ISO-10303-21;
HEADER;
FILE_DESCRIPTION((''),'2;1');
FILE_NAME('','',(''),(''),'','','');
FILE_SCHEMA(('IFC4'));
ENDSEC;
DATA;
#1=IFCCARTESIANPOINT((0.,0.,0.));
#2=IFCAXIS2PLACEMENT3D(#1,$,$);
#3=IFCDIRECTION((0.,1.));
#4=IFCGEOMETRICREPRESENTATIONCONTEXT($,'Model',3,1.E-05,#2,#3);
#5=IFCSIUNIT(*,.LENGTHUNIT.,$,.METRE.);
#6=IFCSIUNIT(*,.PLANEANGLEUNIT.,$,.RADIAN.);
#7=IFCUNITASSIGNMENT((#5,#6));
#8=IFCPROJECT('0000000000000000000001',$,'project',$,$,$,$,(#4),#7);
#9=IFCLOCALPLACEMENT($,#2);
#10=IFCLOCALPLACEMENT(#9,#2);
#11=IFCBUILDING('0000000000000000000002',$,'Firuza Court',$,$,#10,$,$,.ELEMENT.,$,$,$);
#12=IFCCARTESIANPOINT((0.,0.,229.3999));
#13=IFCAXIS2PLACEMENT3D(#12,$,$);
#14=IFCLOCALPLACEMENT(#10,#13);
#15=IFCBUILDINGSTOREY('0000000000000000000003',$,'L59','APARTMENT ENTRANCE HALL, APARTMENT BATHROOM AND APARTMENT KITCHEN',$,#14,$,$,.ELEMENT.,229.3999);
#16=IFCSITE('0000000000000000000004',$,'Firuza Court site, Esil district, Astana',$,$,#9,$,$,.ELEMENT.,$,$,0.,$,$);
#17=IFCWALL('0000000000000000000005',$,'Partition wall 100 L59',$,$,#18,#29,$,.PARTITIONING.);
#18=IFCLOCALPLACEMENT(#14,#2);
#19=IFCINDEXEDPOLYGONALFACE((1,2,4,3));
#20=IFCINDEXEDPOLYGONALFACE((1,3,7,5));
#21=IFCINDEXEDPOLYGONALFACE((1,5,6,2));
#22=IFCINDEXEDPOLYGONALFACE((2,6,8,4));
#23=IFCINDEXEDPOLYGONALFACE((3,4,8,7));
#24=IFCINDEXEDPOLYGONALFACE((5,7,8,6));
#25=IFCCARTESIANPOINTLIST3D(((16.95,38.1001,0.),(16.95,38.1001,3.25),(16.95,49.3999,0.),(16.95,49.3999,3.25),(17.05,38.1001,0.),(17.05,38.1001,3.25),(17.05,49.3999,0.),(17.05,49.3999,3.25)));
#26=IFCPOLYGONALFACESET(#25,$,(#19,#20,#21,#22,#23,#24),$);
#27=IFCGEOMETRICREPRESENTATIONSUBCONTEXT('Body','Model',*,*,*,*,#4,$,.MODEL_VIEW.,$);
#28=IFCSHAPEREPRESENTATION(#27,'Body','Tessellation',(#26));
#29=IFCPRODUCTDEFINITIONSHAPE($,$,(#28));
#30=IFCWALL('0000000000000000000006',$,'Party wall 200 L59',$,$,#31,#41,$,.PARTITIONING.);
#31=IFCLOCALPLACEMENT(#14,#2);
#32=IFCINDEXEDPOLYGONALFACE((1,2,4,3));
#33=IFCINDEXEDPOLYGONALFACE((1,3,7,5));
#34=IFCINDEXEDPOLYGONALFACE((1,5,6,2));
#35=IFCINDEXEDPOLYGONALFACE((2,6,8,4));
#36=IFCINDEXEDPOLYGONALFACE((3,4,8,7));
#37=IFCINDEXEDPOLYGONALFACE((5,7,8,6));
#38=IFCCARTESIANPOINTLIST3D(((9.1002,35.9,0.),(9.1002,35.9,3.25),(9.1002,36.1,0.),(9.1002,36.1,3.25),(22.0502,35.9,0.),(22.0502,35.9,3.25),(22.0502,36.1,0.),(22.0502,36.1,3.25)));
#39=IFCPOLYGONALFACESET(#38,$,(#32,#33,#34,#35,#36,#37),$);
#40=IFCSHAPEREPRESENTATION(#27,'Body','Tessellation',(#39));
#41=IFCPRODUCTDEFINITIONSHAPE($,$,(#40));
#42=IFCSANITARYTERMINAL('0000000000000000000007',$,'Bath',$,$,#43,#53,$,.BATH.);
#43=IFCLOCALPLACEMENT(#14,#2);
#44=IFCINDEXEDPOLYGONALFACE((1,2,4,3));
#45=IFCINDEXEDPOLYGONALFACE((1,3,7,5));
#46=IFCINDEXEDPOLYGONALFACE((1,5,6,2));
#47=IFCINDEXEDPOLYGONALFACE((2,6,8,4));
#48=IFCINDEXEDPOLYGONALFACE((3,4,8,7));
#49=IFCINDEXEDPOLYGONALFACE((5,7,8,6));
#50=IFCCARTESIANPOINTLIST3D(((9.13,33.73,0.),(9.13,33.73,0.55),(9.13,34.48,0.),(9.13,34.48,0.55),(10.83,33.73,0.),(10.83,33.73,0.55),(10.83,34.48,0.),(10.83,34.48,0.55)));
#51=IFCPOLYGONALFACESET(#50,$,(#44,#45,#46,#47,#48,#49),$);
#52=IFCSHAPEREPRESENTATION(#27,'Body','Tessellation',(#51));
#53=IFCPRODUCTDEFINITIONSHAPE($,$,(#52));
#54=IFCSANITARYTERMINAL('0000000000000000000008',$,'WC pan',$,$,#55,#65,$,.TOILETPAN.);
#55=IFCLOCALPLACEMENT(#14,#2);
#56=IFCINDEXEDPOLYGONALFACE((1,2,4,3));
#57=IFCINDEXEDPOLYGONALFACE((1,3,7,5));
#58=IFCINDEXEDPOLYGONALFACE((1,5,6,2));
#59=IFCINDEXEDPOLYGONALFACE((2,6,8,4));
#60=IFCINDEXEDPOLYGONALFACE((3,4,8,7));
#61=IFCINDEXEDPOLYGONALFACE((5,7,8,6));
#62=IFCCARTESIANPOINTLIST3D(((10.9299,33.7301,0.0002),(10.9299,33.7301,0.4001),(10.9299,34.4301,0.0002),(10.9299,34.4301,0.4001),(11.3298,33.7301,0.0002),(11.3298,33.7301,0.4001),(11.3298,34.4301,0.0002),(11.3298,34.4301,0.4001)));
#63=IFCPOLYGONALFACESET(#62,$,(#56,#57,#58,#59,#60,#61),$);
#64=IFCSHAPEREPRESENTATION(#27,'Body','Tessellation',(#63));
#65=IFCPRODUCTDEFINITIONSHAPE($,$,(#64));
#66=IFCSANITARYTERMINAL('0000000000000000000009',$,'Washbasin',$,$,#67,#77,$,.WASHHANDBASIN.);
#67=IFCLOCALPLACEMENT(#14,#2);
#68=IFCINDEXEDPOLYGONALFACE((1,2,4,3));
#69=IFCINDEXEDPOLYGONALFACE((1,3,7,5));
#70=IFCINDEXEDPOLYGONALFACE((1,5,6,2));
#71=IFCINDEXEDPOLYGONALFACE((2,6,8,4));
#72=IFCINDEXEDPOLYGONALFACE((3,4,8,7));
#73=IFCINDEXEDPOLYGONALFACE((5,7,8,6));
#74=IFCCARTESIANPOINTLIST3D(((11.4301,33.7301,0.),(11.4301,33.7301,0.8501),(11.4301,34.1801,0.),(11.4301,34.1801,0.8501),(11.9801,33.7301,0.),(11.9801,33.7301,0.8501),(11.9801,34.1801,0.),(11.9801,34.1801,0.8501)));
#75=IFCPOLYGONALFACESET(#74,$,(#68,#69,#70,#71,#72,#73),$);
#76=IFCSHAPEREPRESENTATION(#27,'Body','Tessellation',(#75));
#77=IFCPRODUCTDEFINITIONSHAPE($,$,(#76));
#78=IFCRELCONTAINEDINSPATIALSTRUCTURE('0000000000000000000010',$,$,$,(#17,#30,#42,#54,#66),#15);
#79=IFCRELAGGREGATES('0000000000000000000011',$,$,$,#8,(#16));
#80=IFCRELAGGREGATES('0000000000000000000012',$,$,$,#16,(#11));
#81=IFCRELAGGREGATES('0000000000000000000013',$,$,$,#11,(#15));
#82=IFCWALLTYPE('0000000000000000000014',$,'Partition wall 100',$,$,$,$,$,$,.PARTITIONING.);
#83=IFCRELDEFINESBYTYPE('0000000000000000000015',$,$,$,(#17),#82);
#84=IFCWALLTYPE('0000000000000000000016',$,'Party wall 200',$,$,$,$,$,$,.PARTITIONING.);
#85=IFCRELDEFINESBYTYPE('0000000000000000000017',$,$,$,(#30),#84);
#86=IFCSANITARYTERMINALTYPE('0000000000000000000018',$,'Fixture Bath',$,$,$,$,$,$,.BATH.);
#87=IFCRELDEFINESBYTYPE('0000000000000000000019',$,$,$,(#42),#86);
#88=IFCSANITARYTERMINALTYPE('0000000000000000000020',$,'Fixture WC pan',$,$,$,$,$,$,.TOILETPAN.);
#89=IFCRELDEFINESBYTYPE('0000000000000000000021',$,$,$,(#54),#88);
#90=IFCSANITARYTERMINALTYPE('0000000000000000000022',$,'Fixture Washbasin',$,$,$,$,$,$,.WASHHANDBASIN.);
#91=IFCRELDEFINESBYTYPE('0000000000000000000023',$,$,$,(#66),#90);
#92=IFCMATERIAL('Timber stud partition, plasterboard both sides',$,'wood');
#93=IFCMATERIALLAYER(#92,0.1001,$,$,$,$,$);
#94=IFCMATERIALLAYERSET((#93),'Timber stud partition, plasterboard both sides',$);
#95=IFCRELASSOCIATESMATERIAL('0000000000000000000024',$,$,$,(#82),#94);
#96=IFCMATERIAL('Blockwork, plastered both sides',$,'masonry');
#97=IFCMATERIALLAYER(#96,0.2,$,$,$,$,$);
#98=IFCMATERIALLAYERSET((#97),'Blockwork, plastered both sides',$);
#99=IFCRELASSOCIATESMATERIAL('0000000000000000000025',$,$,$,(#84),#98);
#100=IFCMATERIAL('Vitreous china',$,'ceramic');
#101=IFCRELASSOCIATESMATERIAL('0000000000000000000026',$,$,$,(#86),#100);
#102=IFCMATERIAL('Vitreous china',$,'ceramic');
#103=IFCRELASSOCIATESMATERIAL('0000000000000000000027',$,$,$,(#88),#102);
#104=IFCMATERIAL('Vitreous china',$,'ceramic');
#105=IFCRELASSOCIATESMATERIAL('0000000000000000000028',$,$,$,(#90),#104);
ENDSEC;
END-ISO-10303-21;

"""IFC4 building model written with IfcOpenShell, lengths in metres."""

from ifc_helpers import new_model, si_unit, direction, frame, frame_2d, origin, origin_2d, place, context, subcontext, project, spatial, rectangle, extrude, material, layer, layer_set, type_object, element, save


model = new_model("IFC4")

# Units and contexts
model_context = context("Model", 3, precision=1e-05, world=origin(), true_north=direction((0.0, 1.0)))
body_context = subcontext(model_context, "Body", "Model", "MODEL_VIEW")
ifc_project = project(units=[si_unit("LENGTHUNIT", "METRE"), si_unit("PLANEANGLEUNIT", "RADIAN")], contexts=[model_context])

# Site, building, storey
site_placement = place(None, origin())
site = spatial("IfcSite", under=ifc_project, at=site_placement, Name="Firuza Court site, Esil district, Astana", CompositionType="ELEMENT", RefElevation=0.0)
building_placement = place(site_placement, origin())
building = spatial("IfcBuilding", under=site, at=building_placement, Name="Firuza Court", CompositionType="ELEMENT")
storey_placement = place(building_placement, frame((0.0, 0.0, 229.3999)))
storey = spatial("IfcBuildingStorey", under=building, at=storey_placement, Name="L59", Description="APARTMENT ENTRANCE HALL, APARTMENT BATHROOM AND APARTMENT KITCHEN", CompositionType="ELEMENT", Elevation=229.3999)

# Shared definitions
ifc_material_1 = material(Name="Blockwork, plastered both sides", Category="masonry")

# Shared definitions
ifc_material_2 = material(Name="Timber stud partition, plasterboard both sides", Category="wood")
ifc_layer_1 = layer(ifc_material_2, 0.1001)
ifc_layer_set_1 = layer_set([ifc_layer_1], Name="Timber stud partition, plasterboard both sides")
wall_type_1 = type_object("IfcWallType", Name="Partition wall 100", PredefinedType="PARTITIONING", material=ifc_layer_set_1)

# Walls
wall_1_placement = place(storey_placement, frame((17.0, 38.1001, 0.0), z_axis=(0.0, 0.0, 1.0), x_axis=(0.0, 1.0, 0.0)))
element("IfcWall", 1, at=wall_1_placement, inside=storey, type_object=wall_type_1, Name="Partition wall 100 L59", PredefinedType="PARTITIONING", context=body_context, shape_type="SweptSolid", body=[
    extrude(rectangle(XDim=11.2998, YDim=0.1001, at=frame_2d((5.6499, 0.0))), origin(), (0.0, 0.0, 1.0), 3.25),
])
ifc_layer_2 = layer(ifc_material_1, 0.2)
ifc_layer_set_2 = layer_set([ifc_layer_2], Name="Blockwork, plastered both sides")
wall_type_2 = type_object("IfcWallType", Name="Party wall 200", PredefinedType="PARTITIONING", material=ifc_layer_set_2)
wall_2_placement = place(storey_placement, frame((9.1001, 36.0, 0.0), z_axis=(0.0, 0.0, 1.0), x_axis=(1.0, 0.0, 0.0)))
element("IfcWall", 2, at=wall_2_placement, inside=storey, type_object=wall_type_2, Name="Party wall 200 L59", PredefinedType="PARTITIONING", context=body_context, shape_type="SweptSolid", body=[
    extrude(rectangle(XDim=12.95, YDim=0.2, at=frame_2d((6.4751, 0.0))), origin(), (0.0, 0.0, 1.0), 3.25),
])

# Sanitary terminals
ifc_material_3 = material(Name="Vitreous china", Category="ceramic")
sanitary_terminal_type_1 = type_object("IfcSanitaryTerminalType", Name="Fixture Bath", PredefinedType="BATH", material=ifc_material_3)
sanitary_terminal_1_placement = place(storey_placement, frame((9.98, 34.105, 0.0), z_axis=(0.0, 0.0, 1.0), x_axis=(1.0, 0.0, 0.0)))
element("IfcSanitaryTerminal", 3, at=sanitary_terminal_1_placement, inside=storey, type_object=sanitary_terminal_type_1, Name="Bath", PredefinedType="BATH", context=body_context, shape_type="SweptSolid", body=[
    extrude(rectangle(XDim=1.7, YDim=0.75, at=origin_2d()), origin(), (0.0, 0.0, 1.0), 0.55),
])
ifc_material_4 = material(Name="Vitreous china", Category="ceramic")
sanitary_terminal_type_2 = type_object("IfcSanitaryTerminalType", Name="Fixture WC pan", PredefinedType="TOILETPAN", material=ifc_material_4)
sanitary_terminal_2_placement = place(storey_placement, frame((11.1299, 34.0801, 0.0002), z_axis=(0.0, 0.0, 1.0), x_axis=(1.0, 0.0, 0.0)))
element("IfcSanitaryTerminal", 4, at=sanitary_terminal_2_placement, inside=storey, type_object=sanitary_terminal_type_2, Name="WC pan", PredefinedType="TOILETPAN", context=body_context, shape_type="SweptSolid", body=[
    extrude(rectangle(XDim=0.3999, YDim=0.7, at=origin_2d()), origin(), (0.0, 0.0, 1.0), 0.3999),
])
ifc_material_5 = material(Name="Vitreous china", Category="ceramic")
sanitary_terminal_type_3 = type_object("IfcSanitaryTerminalType", Name="Fixture Washbasin", PredefinedType="WASHHANDBASIN", material=ifc_material_5)
sanitary_terminal_3_placement = place(storey_placement, frame((11.7051, 33.9551, 0.0), z_axis=(0.0, 0.0, 1.0), x_axis=(1.0, 0.0, 0.0)))
element("IfcSanitaryTerminal", 5, at=sanitary_terminal_3_placement, inside=storey, type_object=sanitary_terminal_type_3, Name="Washbasin", PredefinedType="WASHHANDBASIN", context=body_context, shape_type="SweptSolid", body=[
    extrude(rectangle(XDim=0.55, YDim=0.45, at=origin_2d()), origin(), (0.0, 0.0, 1.0), 0.8501),
])

save(model, "model.ifc")
